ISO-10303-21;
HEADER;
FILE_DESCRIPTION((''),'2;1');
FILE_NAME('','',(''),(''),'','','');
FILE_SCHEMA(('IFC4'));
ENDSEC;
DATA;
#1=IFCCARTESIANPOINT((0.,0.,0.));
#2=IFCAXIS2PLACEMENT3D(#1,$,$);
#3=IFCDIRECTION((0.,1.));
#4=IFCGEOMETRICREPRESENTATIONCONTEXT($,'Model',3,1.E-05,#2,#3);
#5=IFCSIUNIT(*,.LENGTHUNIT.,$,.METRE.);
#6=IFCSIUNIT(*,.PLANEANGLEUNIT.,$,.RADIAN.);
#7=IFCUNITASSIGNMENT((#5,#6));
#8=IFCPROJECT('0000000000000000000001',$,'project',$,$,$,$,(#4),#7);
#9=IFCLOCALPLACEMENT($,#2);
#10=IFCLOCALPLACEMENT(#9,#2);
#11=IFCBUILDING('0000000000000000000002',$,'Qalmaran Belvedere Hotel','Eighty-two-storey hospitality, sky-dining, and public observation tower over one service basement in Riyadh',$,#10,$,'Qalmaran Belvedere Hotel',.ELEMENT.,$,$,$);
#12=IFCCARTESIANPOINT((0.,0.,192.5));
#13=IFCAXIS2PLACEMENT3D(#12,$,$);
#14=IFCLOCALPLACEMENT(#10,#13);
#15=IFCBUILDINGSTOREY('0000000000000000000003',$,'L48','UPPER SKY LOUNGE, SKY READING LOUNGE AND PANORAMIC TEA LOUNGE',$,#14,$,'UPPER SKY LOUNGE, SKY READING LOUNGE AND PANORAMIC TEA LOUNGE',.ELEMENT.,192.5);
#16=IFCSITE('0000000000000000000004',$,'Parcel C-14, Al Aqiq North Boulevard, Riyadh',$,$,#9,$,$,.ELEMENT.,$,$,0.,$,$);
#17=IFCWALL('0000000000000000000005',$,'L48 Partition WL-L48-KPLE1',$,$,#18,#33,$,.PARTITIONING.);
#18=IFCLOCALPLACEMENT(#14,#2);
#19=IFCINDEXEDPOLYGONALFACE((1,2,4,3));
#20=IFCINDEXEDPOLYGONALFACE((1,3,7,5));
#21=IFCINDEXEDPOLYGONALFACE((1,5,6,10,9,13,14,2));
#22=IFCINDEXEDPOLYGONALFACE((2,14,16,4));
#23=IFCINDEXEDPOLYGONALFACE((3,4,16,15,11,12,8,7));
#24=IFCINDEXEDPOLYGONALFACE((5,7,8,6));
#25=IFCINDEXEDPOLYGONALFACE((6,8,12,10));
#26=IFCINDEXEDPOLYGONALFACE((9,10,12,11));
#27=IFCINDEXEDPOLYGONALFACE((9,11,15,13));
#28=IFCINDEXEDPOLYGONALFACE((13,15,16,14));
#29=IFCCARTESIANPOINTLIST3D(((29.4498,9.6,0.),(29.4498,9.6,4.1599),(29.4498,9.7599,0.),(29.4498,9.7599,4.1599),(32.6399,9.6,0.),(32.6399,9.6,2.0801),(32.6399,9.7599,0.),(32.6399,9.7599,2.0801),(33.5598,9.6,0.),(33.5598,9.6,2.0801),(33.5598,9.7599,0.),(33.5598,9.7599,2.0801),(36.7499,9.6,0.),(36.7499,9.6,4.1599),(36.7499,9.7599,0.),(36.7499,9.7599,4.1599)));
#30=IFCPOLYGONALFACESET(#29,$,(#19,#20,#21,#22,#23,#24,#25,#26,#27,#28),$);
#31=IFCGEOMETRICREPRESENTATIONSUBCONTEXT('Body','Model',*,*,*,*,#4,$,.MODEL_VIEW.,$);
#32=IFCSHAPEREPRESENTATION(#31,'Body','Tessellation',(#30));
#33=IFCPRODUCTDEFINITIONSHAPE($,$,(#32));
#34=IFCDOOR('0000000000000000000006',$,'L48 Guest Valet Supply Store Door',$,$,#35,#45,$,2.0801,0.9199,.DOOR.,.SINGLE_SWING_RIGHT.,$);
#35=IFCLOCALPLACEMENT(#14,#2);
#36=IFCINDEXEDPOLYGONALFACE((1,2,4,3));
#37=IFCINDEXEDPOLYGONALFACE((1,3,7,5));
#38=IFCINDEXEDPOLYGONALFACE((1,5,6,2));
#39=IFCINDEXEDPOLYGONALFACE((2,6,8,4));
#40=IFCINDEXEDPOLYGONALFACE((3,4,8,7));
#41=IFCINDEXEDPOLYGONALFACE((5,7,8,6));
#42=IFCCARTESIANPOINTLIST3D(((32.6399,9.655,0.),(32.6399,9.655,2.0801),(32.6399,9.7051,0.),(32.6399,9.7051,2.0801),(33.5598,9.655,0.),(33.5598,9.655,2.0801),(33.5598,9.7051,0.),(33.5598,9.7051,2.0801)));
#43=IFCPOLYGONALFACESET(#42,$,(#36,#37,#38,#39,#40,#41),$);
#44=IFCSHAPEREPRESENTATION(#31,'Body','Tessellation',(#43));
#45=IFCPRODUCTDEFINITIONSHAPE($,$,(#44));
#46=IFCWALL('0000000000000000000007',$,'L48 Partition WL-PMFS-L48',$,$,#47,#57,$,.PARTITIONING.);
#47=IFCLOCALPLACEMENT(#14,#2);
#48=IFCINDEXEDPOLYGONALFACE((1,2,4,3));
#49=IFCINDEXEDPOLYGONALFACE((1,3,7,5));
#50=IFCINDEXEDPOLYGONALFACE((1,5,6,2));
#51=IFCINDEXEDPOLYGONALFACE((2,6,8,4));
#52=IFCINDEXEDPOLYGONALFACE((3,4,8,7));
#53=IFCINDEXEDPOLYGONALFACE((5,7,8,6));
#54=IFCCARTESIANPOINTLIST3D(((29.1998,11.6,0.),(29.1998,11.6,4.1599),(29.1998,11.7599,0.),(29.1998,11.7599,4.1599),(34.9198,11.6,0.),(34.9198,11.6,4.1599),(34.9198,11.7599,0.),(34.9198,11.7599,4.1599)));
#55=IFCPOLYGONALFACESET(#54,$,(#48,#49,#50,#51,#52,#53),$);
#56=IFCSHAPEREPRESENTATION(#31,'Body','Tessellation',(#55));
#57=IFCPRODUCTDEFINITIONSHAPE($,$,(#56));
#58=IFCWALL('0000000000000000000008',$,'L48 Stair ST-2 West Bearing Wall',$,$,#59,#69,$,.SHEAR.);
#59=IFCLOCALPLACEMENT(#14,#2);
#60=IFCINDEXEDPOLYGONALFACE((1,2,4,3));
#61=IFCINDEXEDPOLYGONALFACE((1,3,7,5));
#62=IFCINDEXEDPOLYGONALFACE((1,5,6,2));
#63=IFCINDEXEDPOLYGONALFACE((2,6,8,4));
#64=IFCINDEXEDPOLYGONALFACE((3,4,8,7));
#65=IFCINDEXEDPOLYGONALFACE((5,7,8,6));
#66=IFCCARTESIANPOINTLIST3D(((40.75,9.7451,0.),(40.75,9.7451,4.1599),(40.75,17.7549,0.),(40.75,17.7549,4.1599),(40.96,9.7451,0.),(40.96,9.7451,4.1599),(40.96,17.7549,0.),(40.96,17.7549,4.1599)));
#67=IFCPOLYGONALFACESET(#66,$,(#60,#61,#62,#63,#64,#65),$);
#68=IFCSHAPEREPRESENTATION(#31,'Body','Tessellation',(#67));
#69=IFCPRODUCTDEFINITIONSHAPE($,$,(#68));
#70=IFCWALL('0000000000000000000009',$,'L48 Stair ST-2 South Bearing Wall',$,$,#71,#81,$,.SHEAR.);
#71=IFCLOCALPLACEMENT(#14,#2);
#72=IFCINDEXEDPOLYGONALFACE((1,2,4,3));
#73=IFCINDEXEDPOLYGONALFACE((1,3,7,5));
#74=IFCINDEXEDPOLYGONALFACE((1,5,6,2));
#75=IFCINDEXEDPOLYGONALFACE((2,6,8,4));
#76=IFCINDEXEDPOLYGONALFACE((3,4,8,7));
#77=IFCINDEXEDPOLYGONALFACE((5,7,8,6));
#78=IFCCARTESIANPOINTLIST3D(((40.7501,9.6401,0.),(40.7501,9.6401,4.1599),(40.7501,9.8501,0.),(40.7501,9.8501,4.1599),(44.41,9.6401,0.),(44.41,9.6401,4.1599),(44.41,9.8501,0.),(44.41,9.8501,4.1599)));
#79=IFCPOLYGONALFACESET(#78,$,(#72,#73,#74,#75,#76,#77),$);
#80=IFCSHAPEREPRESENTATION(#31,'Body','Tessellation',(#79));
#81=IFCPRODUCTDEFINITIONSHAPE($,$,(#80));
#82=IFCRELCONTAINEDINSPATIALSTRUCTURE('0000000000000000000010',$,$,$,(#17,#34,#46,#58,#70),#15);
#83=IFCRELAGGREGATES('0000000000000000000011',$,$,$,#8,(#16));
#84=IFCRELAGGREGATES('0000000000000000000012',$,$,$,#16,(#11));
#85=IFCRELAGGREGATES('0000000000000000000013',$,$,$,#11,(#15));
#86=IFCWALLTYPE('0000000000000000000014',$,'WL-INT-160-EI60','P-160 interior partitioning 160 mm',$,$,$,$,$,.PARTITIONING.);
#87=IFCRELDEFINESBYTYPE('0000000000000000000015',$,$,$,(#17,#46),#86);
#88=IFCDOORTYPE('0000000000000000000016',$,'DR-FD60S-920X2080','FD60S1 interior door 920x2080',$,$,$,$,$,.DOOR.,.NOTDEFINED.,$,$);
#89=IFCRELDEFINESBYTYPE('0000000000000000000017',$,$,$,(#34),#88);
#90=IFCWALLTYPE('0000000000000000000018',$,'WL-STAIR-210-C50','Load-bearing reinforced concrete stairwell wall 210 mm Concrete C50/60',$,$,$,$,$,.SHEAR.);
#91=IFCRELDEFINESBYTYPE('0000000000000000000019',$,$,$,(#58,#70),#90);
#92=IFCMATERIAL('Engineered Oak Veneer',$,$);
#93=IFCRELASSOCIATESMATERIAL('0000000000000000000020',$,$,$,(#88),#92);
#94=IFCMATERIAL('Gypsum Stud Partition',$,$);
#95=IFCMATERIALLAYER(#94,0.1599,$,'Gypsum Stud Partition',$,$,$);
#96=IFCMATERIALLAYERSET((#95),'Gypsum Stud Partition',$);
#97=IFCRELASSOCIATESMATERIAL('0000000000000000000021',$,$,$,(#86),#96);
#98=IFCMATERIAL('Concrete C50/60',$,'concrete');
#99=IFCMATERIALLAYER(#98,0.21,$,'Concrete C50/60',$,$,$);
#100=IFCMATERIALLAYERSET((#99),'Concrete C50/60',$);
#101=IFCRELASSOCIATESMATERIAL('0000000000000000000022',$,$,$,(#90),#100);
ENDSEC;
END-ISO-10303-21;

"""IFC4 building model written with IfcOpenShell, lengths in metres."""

from ifc_helpers import new_model, si_unit, direction, frame, frame_2d, origin, place, context, subcontext, project, spatial, rectangle, extrude, material, layer, layer_set, type_object, element, fill, save


model = new_model("IFC4")

# Units and contexts
model_context = context("Model", 3, precision=1e-05, world=origin(), true_north=direction((0.0, 1.0)))
body_context = subcontext(model_context, "Body", "Model", "MODEL_VIEW")
ifc_project = project(units=[si_unit("LENGTHUNIT", "METRE"), si_unit("PLANEANGLEUNIT", "RADIAN")], contexts=[model_context])

# Site, building, storey
site_placement = place(None, origin())
site = spatial("IfcSite", under=ifc_project, at=site_placement, Name="Parcel C-14, Al Aqiq North Boulevard, Riyadh", CompositionType="ELEMENT", RefElevation=0.0)
building_placement = place(site_placement, origin())
building = spatial("IfcBuilding", under=site, at=building_placement, Name="Qalmaran Belvedere Hotel", Description="Eighty-two-storey hospitality, sky-dining, and public observation tower over one service basement in Riyadh", LongName="Qalmaran Belvedere Hotel", CompositionType="ELEMENT")
storey_placement = place(building_placement, frame((0.0, 0.0, 192.5)))
storey = spatial("IfcBuildingStorey", under=building, at=storey_placement, Name="L48", Description="UPPER SKY LOUNGE, SKY READING LOUNGE AND PANORAMIC TEA LOUNGE", LongName="UPPER SKY LOUNGE, SKY READING LOUNGE AND PANORAMIC TEA LOUNGE", CompositionType="ELEMENT", Elevation=192.5)

# Shared definitions
ifc_material_1 = material(Name="Concrete C50/60", Category="concrete")

# Shared definitions
ifc_material_2 = material(Name="Gypsum Stud Partition")

# Shared definitions
ifc_material_3 = material(Name="Engineered Oak Veneer")
door_type_1 = type_object("IfcDoorType", Name="DR-FD60S-920X2080", Description="FD60S1 interior door 920x2080", OperationType="NOTDEFINED", PredefinedType="DOOR", material=ifc_material_3)

# Shared definitions
ifc_layer_1 = layer(ifc_material_2, 0.1599, Name="Gypsum Stud Partition")
ifc_layer_set_1 = layer_set([ifc_layer_1], Name="Gypsum Stud Partition")
wall_type_1 = type_object("IfcWallType", Name="WL-INT-160-EI60", Description="P-160 interior partitioning 160 mm", PredefinedType="PARTITIONING", material=ifc_layer_set_1)

# Wall, opening, door
wall_1_placement = place(storey_placement, frame((29.45, 9.6799, 0.0), z_axis=(0.0, 0.0, 1.0), x_axis=(1.0, 0.0, 0.0)))
wall_1 = element("IfcWall", 1, at=wall_1_placement, inside=storey, type_object=wall_type_1, Name="L48 Partition WL-L48-KPLE1", PredefinedType="PARTITIONING", context=body_context, shape_type="SweptSolid", body=[
    extrude(rectangle(XDim=7.3, YDim=0.1599, at=frame_2d((3.6499, 0.0))), origin(), (0.0, 0.0, 1.0), 4.1599),
])
opening_1_placement = place(wall_1_placement, frame((4.1099, 0.0, 0.0), z_axis=(0.0, 0.0, 1.0), x_axis=(-1.0, 0.0, 0.0)))
opening_1 = element("IfcOpeningElement", 2, at=opening_1_placement, cuts=wall_1, PredefinedType="OPENING", context=body_context, shape_type="SweptSolid", body=[
    extrude(rectangle(XDim=0.9199, YDim=2.0801, at=frame_2d((0.46, 1.04))), frame((0.0, 0.0898, 0.0), z_axis=(0.0, -1.0, 0.0), x_axis=(1.0, 0.0, 0.0)), (0.0, 0.0, 1.0), 0.1799),
])
door_1_placement = place(opening_1_placement, origin())
door_1 = element("IfcDoor", 3, at=door_1_placement, inside=storey, type_object=door_type_1, Name="L48 Guest Valet Supply Store Door", OperationType="SINGLE_SWING_RIGHT", OverallHeight=2.0801, OverallWidth=0.9199, PredefinedType="DOOR", context=body_context, shape_type="SweptSolid", body=[
    extrude(rectangle(XDim=0.9199, YDim=2.0801, at=frame_2d((0.46, 1.04))), frame((0.0, 0.0249, 0.0), z_axis=(0.0, -1.0, 0.0), x_axis=(1.0, 0.0, 0.0)), (0.0, 0.0, 1.0), 0.05),
])
fill(opening_1, door_1)

# Walls
wall_2_placement = place(storey_placement, frame((29.2, 11.6799, 0.0), z_axis=(0.0, 0.0, 1.0), x_axis=(1.0, 0.0, 0.0)))
element("IfcWall", 4, at=wall_2_placement, inside=storey, type_object=wall_type_1, Name="L48 Partition WL-PMFS-L48", PredefinedType="PARTITIONING", context=body_context, shape_type="SweptSolid", body=[
    extrude(rectangle(XDim=5.72, YDim=0.1599, at=frame_2d((2.8599, 0.0))), origin(), (0.0, 0.0, 1.0), 4.1599),
])
ifc_layer_2 = layer(ifc_material_1, 0.21, Name="Concrete C50/60")
ifc_layer_set_2 = layer_set([ifc_layer_2], Name="Concrete C50/60")
wall_type_2 = type_object("IfcWallType", Name="WL-STAIR-210-C50", Description="Load-bearing reinforced concrete stairwell wall 210 mm Concrete C50/60", PredefinedType="SHEAR", material=ifc_layer_set_2)
wall_3_placement = place(storey_placement, frame((40.855, 9.7451, 0.0), z_axis=(0.0, 0.0, 1.0), x_axis=(0.0, 1.0, 0.0)))
element("IfcWall", 5, at=wall_3_placement, inside=storey, type_object=wall_type_2, Name="L48 Stair ST-2 West Bearing Wall", PredefinedType="SHEAR", context=body_context, shape_type="SweptSolid", body=[
    extrude(rectangle(XDim=8.0098, YDim=0.21, at=frame_2d((4.0049, 0.0))), origin(), (0.0, 0.0, 1.0), 4.1599),
])
wall_4_placement = place(storey_placement, frame((40.75, 9.7451, 0.0), z_axis=(0.0, 0.0, 1.0), x_axis=(1.0, 0.0, 0.0)))
element("IfcWall", 6, at=wall_4_placement, inside=storey, type_object=wall_type_2, Name="L48 Stair ST-2 South Bearing Wall", PredefinedType="SHEAR", context=body_context, shape_type="SweptSolid", body=[
    extrude(rectangle(XDim=3.6599, YDim=0.21, at=frame_2d((1.8301, 0.0))), origin(), (0.0, 0.0, 1.0), 4.1599),
])

save(model, "model.ifc")
